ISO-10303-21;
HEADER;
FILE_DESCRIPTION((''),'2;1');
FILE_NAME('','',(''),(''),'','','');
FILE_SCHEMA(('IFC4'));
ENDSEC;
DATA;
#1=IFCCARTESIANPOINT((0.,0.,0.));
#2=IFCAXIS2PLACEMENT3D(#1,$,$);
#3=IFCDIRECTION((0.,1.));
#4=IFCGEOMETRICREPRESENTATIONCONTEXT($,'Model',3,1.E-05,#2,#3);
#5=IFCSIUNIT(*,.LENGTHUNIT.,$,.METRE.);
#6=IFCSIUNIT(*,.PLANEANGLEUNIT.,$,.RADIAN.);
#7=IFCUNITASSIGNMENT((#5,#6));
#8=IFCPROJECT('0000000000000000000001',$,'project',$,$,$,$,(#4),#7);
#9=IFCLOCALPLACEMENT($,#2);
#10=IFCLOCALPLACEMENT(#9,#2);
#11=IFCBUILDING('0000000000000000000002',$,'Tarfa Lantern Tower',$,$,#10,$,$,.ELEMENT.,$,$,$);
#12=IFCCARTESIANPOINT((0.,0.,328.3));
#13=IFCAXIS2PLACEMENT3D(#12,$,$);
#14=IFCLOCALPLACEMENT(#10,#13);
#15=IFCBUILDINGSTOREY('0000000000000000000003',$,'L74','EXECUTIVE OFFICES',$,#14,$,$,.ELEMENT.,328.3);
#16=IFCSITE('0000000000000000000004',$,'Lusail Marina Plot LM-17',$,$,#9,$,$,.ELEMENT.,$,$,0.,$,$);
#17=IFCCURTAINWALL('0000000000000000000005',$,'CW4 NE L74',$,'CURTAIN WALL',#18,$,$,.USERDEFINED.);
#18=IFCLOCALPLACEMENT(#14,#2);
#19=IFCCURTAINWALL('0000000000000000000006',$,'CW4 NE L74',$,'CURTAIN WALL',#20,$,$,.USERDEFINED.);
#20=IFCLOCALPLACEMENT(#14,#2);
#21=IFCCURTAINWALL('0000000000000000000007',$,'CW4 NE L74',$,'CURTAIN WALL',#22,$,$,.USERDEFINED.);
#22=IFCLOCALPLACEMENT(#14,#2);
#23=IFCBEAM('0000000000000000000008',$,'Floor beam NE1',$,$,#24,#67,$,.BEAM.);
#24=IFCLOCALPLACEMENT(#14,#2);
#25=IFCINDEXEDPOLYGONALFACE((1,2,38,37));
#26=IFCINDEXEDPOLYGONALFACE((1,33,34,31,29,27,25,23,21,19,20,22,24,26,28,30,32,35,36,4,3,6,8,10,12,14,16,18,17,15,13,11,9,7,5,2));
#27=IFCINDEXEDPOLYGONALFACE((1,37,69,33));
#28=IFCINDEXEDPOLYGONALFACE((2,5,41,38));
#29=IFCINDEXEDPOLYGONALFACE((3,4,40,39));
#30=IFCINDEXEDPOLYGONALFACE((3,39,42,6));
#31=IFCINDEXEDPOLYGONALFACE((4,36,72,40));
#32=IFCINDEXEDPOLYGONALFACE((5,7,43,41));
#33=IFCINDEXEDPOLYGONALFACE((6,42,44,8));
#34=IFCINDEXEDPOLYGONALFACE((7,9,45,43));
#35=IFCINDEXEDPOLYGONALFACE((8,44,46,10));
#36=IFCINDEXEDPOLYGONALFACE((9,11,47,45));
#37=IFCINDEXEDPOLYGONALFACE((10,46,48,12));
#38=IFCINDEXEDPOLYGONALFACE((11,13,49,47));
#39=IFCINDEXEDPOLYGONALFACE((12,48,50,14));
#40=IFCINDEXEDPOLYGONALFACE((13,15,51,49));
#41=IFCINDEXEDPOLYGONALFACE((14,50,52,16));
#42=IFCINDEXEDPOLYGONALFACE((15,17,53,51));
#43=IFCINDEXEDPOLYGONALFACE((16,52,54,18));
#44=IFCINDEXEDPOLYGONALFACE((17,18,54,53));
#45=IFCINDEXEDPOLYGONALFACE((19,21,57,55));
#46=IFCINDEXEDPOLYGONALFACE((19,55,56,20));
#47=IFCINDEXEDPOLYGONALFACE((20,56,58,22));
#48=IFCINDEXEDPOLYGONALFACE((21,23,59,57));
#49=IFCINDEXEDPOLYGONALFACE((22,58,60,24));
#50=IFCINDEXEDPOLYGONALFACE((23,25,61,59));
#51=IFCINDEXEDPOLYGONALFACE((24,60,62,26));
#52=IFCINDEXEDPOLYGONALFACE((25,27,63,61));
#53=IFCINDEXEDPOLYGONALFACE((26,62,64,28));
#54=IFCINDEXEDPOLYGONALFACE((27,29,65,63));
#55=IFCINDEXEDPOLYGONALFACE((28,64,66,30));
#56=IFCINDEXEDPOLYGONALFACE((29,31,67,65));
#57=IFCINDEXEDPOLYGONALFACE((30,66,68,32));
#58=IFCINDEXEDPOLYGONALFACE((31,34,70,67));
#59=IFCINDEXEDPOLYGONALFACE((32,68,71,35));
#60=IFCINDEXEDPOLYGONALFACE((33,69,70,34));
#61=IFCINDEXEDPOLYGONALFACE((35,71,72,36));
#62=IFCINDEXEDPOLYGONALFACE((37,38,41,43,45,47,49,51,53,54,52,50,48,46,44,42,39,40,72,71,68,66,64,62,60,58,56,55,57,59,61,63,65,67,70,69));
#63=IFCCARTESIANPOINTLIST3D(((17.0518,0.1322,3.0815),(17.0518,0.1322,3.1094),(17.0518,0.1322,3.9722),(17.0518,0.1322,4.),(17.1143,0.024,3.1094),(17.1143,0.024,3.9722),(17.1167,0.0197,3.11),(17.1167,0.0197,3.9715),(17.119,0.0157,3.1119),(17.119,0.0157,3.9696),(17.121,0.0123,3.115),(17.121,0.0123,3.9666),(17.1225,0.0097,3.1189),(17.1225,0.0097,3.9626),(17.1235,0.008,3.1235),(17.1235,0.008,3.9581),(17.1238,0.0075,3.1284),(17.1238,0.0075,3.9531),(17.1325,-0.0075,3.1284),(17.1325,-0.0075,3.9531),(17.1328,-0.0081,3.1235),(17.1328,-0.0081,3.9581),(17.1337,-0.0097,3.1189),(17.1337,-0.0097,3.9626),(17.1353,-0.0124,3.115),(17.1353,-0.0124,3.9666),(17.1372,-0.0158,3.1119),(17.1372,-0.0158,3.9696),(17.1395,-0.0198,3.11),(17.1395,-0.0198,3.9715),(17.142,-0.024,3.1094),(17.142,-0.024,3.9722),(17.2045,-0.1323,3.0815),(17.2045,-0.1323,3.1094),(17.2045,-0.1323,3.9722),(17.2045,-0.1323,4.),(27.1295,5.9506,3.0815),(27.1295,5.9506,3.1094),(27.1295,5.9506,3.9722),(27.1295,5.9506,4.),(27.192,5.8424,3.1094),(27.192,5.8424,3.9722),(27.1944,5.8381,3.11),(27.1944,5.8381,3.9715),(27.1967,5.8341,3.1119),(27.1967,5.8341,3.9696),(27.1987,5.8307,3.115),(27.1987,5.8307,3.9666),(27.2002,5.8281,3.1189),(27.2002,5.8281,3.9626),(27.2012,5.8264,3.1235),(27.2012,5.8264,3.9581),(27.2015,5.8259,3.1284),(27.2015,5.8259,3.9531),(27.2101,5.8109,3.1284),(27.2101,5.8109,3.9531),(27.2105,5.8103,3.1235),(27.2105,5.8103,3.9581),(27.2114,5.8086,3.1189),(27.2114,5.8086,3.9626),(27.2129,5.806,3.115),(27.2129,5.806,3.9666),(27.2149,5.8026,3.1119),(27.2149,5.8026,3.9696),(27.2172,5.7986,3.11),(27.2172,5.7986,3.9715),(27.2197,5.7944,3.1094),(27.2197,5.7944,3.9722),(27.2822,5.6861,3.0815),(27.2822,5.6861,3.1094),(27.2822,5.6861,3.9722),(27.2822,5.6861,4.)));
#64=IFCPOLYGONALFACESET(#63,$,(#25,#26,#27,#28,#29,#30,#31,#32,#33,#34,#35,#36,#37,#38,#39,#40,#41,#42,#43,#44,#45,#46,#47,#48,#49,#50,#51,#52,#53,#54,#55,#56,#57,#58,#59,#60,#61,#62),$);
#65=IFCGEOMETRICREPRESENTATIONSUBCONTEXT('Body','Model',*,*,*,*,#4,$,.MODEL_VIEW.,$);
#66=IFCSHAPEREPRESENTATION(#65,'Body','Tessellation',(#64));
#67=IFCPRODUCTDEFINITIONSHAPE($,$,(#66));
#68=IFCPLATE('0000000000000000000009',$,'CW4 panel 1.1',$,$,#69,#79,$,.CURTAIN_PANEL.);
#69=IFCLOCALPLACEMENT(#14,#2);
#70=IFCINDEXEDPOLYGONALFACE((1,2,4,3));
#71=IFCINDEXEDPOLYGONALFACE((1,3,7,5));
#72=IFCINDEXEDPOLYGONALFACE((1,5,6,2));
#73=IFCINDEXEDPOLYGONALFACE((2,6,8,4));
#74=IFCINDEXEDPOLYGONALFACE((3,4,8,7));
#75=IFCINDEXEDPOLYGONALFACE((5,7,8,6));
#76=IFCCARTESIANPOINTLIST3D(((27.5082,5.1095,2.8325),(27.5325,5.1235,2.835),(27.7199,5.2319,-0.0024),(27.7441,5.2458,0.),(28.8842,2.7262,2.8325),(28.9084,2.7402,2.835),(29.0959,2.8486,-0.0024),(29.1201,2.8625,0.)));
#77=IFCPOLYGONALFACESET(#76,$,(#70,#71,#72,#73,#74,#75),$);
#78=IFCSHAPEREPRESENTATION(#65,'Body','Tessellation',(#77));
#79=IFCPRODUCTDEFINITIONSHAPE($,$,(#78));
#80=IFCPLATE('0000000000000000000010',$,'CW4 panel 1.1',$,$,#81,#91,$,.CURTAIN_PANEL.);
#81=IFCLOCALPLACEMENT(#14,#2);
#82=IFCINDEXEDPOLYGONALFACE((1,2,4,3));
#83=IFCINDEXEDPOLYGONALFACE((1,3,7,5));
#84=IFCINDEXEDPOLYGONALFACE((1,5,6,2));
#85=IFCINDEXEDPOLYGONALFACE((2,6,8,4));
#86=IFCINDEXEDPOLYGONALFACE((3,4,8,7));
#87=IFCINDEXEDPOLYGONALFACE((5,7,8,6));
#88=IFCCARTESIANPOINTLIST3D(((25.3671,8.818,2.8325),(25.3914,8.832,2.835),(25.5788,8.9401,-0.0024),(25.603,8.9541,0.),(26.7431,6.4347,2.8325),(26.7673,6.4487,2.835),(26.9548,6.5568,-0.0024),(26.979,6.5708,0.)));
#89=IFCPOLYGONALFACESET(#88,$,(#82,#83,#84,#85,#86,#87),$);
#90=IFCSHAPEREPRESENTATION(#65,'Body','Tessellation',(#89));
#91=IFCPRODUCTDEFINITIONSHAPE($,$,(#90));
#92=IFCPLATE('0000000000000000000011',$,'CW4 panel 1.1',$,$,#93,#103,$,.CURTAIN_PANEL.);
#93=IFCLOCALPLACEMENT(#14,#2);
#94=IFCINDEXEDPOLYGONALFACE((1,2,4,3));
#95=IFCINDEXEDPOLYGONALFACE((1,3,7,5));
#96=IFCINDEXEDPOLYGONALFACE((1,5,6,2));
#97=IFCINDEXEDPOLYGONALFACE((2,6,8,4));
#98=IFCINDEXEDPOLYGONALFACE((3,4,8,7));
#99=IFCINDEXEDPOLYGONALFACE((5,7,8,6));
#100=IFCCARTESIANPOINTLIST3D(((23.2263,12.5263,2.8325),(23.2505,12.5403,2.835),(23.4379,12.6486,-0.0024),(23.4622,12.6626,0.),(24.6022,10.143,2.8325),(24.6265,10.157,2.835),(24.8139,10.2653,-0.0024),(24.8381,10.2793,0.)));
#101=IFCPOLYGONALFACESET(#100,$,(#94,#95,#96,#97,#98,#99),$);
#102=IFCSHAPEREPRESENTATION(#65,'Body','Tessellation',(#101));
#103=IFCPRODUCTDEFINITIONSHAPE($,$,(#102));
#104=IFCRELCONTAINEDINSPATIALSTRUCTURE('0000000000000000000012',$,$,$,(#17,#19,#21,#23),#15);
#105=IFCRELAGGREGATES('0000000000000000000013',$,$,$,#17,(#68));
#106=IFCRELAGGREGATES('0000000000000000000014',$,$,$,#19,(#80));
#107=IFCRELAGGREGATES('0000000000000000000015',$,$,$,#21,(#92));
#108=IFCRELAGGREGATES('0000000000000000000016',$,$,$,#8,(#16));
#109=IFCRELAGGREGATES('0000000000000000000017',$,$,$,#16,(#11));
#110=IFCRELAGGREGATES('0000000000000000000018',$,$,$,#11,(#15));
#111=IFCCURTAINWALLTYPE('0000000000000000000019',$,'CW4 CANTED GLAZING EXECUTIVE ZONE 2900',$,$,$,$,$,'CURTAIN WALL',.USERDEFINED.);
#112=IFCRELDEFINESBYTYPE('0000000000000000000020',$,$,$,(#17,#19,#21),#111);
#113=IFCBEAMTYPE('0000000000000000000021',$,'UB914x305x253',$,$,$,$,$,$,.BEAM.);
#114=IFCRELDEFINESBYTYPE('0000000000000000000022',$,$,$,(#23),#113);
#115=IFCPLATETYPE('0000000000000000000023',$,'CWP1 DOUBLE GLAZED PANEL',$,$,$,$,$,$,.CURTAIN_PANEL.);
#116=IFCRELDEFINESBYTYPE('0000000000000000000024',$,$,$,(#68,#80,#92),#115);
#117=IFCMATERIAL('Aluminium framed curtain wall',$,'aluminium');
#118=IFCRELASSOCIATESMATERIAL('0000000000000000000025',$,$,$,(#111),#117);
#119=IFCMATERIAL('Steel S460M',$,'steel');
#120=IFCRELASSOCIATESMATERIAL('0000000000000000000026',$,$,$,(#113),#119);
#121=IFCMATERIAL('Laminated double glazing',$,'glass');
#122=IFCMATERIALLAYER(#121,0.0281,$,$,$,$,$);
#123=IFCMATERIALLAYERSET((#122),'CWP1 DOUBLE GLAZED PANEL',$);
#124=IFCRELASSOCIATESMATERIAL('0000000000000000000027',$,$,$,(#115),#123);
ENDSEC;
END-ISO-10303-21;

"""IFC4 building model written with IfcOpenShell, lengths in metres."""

from ifc_helpers import new_model, si_unit, direction, frame, origin, origin_2d, place, context, subcontext, project, spatial, polyline, i_section, outline, extrude, material, layer, layer_set, material_profile, profile_set, type_object, element, aggregate, save


model = new_model("IFC4")

# Units and contexts
model_context = context("Model", 3, precision=1e-05, world=origin(), true_north=direction((0.0, 1.0)))
body_context = subcontext(model_context, "Body", "Model", "MODEL_VIEW")
ifc_project = project(units=[si_unit("LENGTHUNIT", "METRE"), si_unit("PLANEANGLEUNIT", "RADIAN")], contexts=[model_context])

# Site, building, storey
site_placement = place(None, origin())
site = spatial("IfcSite", under=ifc_project, at=site_placement, Name="Lusail Marina Plot LM-17", CompositionType="ELEMENT", RefElevation=0.0)
building_placement = place(site_placement, origin())
building = spatial("IfcBuilding", under=site, at=building_placement, Name="Tarfa Lantern Tower", CompositionType="ELEMENT")
storey_placement = place(building_placement, frame((0.0, 0.0, 328.3)))
storey = spatial("IfcBuildingStorey", under=building, at=storey_placement, Name="L74", Description="EXECUTIVE OFFICES", CompositionType="ELEMENT", Elevation=328.3)

# Curtain walls
ifc_material_1 = material(Name="Aluminium framed curtain wall", Category="aluminium")
curtain_wall_type = type_object("IfcCurtainWallType", Name="CW4 CANTED GLAZING EXECUTIVE ZONE 2900", ElementType="CURTAIN WALL", PredefinedType="USERDEFINED", material=ifc_material_1)
curtain_wall_1_placement = place(storey_placement, origin())
curtain_wall_1 = element("IfcCurtainWall", 1, at=curtain_wall_1_placement, inside=storey, type_object=curtain_wall_type, Name="CW4 NE L74", ObjectType="CURTAIN WALL", PredefinedType="USERDEFINED")
curtain_wall_2_placement = place(storey_placement, origin())
curtain_wall_2 = element("IfcCurtainWall", 2, at=curtain_wall_2_placement, inside=storey, type_object=curtain_wall_type, Name="CW4 NE L74", ObjectType="CURTAIN WALL", PredefinedType="USERDEFINED")

# Curtain wall
curtain_wall_3_placement = place(storey_placement, origin())
curtain_wall_3 = element("IfcCurtainWall", 3, at=curtain_wall_3_placement, inside=storey, type_object=curtain_wall_type, Name="CW4 NE L74", ObjectType="CURTAIN WALL", PredefinedType="USERDEFINED")

# Beam
ifc_material_2 = material(Name="Steel S460M", Category="steel")
ifc_material_profile_1 = material_profile(ifc_material_2, i_section(OverallWidth=0.3054, OverallDepth=0.9185, WebThickness=0.0173, FlangeThickness=0.0278, FilletRadius=0.019, at=origin_2d()), Name="UB914x305x253")
ifc_profile_set_1 = profile_set([ifc_material_profile_1], Name="Steel S460M")
beam_type_1 = type_object("IfcBeamType", Name="UB914x305x253", PredefinedType="BEAM", material=ifc_profile_set_1)
beam_1_placement = place(storey_placement, frame((27.2058, 5.8184, 3.5408), z_axis=(-0.866024, -0.500002, 0.0), x_axis=(0.500002, -0.866024, 0.0)))
element("IfcBeam", 4, at=beam_1_placement, inside=storey, type_object=beam_type_1, Name="Floor beam NE1", PredefinedType="BEAM", context=body_context, shape_type="SweptSolid", body=[
    extrude(i_section(OverallWidth=0.3054, OverallDepth=0.9185, WebThickness=0.0173, FlangeThickness=0.0278, FilletRadius=0.019, at=origin_2d()), origin(), (0.0, 0.0, 1.0), 11.6367),
])

# Plates
ifc_material_3 = material(Name="Laminated double glazing", Category="glass")
ifc_layer = layer(ifc_material_3, 0.0281)
ifc_layer_set = layer_set([ifc_layer], Name="CWP1 DOUBLE GLAZED PANEL")
plate_type = type_object("IfcPlateType", Name="CWP1 DOUBLE GLAZED PANEL", PredefinedType="CURTAIN_PANEL", material=ifc_layer_set)
plate_1_placement = place(storey_placement, frame((29.1201, 2.8625, 0.0), z_axis=(0.862827, 0.498145, 0.085915), x_axis=(-0.499994, 0.866029, 0.0)))
plate_1 = element("IfcPlate", 5, at=plate_1_placement, type_object=plate_type, Name="CW4 panel 1.1", PredefinedType="CURTAIN_PANEL", context=body_context, shape_type="SweptSolid", body=[
    extrude(outline(polyline([(0.0, 0.0), (2.752, 0.0), (2.7519, 2.8455), (-0.0001, 2.8455), (0.0, 0.0)])), origin(), (0.0, 0.0, -1.0), 0.0281),
])
aggregate(curtain_wall_1, [plate_1])
plate_2_placement = place(storey_placement, frame((26.979, 6.5708, 0.0), z_axis=(0.86283, 0.498147, 0.085872), x_axis=(-0.499994, 0.866029, 0.0)))
plate_2 = element("IfcPlate", 6, at=plate_2_placement, type_object=plate_type, Name="CW4 panel 1.1", PredefinedType="CURTAIN_PANEL", context=body_context, shape_type="SweptSolid", body=[
    extrude(outline(polyline([(0.0, 0.0), (2.752, 0.0), (2.7521, 2.8455), (0.0001, 2.8455), (0.0, 0.0)])), origin(), (0.0, 0.0, -1.0), 0.0281),
])
aggregate(curtain_wall_2, [plate_2])
plate_3_placement = place(storey_placement, frame((24.8381, 10.2793, 0.0), z_axis=(0.862827, 0.498145, 0.085915), x_axis=(-0.499994, 0.866029, 0.0)))
plate_3 = element("IfcPlate", 7, at=plate_3_placement, type_object=plate_type, Name="CW4 panel 1.1", PredefinedType="CURTAIN_PANEL", context=body_context, shape_type="SweptSolid", body=[
    extrude(outline(polyline([(0.0, 0.0), (2.752, 0.0), (2.7519, 2.8455), (-0.0001, 2.8455), (0.0, 0.0)])), origin(), (0.0, 0.0, -1.0), 0.0281),
])
aggregate(curtain_wall_3, [plate_3])

save(model, "model.ifc")
